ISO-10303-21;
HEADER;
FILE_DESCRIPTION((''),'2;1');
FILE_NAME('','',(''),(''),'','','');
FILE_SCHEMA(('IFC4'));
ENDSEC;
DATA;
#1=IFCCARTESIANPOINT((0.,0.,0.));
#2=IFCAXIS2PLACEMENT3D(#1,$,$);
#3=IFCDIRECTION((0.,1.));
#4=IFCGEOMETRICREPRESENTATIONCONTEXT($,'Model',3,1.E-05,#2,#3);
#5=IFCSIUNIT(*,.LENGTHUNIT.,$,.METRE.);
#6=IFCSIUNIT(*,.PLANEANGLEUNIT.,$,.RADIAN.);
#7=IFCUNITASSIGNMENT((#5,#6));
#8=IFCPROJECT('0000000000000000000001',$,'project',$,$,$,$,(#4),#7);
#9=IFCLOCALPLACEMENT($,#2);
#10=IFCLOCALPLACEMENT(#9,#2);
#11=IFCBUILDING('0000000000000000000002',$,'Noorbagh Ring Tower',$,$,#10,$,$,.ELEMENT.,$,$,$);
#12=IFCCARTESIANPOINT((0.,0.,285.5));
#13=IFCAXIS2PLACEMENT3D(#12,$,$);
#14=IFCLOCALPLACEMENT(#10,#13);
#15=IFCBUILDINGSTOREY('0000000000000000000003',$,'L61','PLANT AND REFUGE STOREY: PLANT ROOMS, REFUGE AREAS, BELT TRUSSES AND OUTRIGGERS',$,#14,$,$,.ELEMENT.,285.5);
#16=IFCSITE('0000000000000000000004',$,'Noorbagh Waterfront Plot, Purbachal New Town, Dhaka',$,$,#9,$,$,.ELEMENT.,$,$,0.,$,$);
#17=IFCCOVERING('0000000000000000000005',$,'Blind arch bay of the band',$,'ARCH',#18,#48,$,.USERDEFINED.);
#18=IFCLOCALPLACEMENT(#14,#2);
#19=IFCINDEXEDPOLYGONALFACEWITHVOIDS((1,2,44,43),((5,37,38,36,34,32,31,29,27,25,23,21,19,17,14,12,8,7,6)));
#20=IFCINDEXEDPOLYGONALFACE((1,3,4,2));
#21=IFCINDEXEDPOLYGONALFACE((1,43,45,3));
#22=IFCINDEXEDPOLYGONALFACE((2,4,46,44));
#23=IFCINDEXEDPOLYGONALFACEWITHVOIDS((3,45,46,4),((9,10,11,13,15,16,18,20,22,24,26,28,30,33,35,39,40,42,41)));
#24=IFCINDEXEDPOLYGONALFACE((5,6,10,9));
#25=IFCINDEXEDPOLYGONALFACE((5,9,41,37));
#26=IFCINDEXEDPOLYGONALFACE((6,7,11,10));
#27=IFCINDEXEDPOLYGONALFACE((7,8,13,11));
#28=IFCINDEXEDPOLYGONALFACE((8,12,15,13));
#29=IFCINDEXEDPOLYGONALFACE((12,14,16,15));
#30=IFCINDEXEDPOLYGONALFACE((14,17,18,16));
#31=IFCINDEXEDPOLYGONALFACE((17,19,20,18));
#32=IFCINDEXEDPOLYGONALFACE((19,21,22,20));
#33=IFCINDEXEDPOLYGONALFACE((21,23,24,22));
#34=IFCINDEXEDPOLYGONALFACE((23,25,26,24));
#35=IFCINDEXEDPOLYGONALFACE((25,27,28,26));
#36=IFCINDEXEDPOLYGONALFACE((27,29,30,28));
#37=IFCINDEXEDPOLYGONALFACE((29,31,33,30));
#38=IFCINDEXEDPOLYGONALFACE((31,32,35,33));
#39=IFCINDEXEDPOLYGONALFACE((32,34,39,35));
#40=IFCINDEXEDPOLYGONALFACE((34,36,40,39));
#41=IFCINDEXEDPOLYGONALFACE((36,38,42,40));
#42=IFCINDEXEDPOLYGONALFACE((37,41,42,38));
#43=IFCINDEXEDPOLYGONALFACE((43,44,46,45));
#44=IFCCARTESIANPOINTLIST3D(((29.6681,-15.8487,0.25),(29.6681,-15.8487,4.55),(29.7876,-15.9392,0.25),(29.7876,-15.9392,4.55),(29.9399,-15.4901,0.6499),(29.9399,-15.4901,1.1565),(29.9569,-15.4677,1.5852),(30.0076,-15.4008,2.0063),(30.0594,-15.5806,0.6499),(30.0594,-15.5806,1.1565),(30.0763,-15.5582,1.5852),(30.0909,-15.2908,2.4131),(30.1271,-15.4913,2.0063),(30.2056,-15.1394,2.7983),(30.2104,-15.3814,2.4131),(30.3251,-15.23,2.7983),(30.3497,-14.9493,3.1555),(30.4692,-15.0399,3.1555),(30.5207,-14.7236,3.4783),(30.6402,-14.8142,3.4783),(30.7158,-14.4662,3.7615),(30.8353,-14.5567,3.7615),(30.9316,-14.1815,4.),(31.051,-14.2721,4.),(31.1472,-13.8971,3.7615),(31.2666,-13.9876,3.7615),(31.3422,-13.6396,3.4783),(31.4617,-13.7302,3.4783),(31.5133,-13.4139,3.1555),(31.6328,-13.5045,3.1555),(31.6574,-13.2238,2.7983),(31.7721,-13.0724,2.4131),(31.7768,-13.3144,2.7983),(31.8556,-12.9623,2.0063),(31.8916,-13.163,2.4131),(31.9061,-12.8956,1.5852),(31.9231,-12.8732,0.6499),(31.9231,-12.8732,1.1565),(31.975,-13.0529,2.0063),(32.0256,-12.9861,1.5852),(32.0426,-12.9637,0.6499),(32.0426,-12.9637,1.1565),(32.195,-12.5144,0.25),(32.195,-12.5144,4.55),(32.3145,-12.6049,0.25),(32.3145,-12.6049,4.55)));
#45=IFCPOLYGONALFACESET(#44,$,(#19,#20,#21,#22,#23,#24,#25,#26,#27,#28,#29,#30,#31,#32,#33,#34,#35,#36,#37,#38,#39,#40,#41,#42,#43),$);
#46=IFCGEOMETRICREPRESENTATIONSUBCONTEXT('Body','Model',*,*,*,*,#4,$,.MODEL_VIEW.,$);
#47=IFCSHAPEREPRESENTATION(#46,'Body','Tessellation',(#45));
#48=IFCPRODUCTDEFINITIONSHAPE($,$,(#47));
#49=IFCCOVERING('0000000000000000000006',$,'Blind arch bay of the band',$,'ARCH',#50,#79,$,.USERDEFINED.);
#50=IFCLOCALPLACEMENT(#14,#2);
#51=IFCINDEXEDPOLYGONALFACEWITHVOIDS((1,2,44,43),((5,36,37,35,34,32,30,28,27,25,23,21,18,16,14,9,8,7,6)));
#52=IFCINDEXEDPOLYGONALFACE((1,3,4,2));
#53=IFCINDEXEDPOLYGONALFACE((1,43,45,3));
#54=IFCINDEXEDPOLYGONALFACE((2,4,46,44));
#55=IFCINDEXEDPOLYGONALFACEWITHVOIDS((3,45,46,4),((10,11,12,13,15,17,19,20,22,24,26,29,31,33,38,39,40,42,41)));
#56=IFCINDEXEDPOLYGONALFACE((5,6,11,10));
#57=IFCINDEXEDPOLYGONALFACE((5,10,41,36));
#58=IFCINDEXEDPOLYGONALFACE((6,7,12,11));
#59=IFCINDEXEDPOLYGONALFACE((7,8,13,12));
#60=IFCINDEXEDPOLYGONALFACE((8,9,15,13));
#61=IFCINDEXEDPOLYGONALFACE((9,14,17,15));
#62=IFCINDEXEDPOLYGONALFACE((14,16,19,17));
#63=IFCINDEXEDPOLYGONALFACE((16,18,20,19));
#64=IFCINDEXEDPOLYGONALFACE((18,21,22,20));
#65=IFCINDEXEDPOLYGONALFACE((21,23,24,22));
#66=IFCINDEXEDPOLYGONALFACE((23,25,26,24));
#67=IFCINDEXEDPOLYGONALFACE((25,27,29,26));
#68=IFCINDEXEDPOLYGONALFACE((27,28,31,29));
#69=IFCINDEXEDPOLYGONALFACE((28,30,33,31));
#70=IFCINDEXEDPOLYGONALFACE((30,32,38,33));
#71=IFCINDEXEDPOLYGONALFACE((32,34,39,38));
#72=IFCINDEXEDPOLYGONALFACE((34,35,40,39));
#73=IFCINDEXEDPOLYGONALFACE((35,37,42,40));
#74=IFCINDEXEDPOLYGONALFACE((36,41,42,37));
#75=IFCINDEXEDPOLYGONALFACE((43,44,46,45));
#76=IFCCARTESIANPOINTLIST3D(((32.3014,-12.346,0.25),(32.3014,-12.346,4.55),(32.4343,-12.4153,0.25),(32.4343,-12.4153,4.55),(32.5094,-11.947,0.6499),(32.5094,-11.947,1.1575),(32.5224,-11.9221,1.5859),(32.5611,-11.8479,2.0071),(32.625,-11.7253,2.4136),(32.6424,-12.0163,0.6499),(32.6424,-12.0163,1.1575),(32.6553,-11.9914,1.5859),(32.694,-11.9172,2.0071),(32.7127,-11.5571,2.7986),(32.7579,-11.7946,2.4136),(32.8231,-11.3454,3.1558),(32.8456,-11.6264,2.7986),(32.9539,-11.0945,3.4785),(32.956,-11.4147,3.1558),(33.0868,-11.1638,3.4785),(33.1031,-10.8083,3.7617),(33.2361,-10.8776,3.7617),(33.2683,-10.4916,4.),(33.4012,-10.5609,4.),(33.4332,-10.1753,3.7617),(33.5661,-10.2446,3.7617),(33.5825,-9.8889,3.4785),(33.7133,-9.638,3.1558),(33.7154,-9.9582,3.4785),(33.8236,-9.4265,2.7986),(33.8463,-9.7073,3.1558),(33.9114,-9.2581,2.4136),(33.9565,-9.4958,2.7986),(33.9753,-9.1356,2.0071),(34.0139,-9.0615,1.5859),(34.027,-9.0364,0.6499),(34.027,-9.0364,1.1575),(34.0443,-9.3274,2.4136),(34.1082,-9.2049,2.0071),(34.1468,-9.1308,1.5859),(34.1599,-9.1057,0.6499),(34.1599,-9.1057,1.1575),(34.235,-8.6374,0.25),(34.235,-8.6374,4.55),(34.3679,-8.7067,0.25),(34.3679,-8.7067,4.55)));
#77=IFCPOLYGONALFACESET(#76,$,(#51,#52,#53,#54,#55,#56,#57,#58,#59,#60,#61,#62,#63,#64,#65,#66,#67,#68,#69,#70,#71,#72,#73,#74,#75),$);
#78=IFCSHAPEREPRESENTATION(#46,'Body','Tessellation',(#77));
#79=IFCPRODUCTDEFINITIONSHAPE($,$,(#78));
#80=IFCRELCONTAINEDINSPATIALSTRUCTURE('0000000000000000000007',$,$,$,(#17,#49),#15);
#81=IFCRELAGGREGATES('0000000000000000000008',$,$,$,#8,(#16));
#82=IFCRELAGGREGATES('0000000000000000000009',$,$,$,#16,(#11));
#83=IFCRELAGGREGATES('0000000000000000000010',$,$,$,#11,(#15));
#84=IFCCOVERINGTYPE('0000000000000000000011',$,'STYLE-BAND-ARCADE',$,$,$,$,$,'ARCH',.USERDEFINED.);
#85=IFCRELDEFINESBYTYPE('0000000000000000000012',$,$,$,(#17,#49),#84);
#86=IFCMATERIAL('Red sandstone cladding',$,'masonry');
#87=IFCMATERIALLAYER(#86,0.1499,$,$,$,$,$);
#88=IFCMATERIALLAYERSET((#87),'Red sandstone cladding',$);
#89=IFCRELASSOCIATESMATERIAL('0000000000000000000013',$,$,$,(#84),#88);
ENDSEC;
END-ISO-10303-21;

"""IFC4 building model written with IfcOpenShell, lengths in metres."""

from ifc_helpers import new_model, si_unit, direction, frame, origin, place, context, subcontext, project, spatial, polyline, outline, extrude, material, layer, layer_set, type_object, element, save


model = new_model("IFC4")

# Units and contexts
model_context = context("Model", 3, precision=1e-05, world=origin(), true_north=direction((0.0, 1.0)))
body_context = subcontext(model_context, "Body", "Model", "MODEL_VIEW")
ifc_project = project(units=[si_unit("LENGTHUNIT", "METRE"), si_unit("PLANEANGLEUNIT", "RADIAN")], contexts=[model_context])

# Site, building, storey
site_placement = place(None, origin())
site = spatial("IfcSite", under=ifc_project, at=site_placement, Name="Noorbagh Waterfront Plot, Purbachal New Town, Dhaka", CompositionType="ELEMENT", RefElevation=0.0)
building_placement = place(site_placement, origin())
building = spatial("IfcBuilding", under=site, at=building_placement, Name="Noorbagh Ring Tower", CompositionType="ELEMENT")
storey_placement = place(building_placement, frame((0.0, 0.0, 285.5)))
storey = spatial("IfcBuildingStorey", under=building, at=storey_placement, Name="L61", Description="PLANT AND REFUGE STOREY: PLANT ROOMS, REFUGE AREAS, BELT TRUSSES AND OUTRIGGERS", CompositionType="ELEMENT", Elevation=285.5)

# Coverings
ifc_material_1 = material(Name="Red sandstone cladding", Category="masonry")
ifc_layer_1 = layer(ifc_material_1, 0.1499)
ifc_layer_set_1 = layer_set([ifc_layer_1], Name="Red sandstone cladding")
covering_type_1 = type_object("IfcCoveringType", Name="STYLE-BAND-ARCADE", ElementType="ARCH", PredefinedType="USERDEFINED", material=ifc_layer_set_1)
covering_1_placement = place(storey_placement, frame((29.7876, -15.9392, 0.25), z_axis=(0.796986, -0.603998, 0.0), x_axis=(0.603998, 0.796986, 0.0)))
element("IfcCovering", 1, at=covering_1_placement, inside=storey, type_object=covering_type_1, Name="Blind arch bay of the band", ObjectType="ARCH", PredefinedType="USERDEFINED", context=body_context, shape_type="SweptSolid", body=[
    extrude(outline(polyline([(0.0, 0.0), (4.1836, 0.0), (4.1836, 4.3), (0.0, 4.3), (0.0, 0.0)]), holes=[polyline([(0.45, 0.3999), (0.45, 0.9065), (0.478, 1.3352), (0.562, 1.7563), (0.7, 2.1631), (0.8899, 2.5483), (1.1284, 2.9055), (1.4116, 3.2283), (1.7346, 3.5115), (2.0918, 3.75), (2.4487, 3.5115), (2.7717, 3.2283), (3.0549, 2.9055), (3.2935, 2.5483), (3.4834, 2.1631), (3.6216, 1.7563), (3.7053, 1.3352), (3.7334, 0.9065), (3.7334, 0.3999), (0.45, 0.3999)])]), origin(), (0.0, 0.0, -1.0), 0.1499),
])
covering_2_placement = place(storey_placement, frame((32.4343, -12.4153, 0.25), z_axis=(0.88671, -0.462327, 0.0), x_axis=(0.462327, 0.88671, 0.0)))
element("IfcCovering", 2, at=covering_2_placement, inside=storey, type_object=covering_type_1, Name="Blind arch bay of the band", ObjectType="ARCH", PredefinedType="USERDEFINED", context=body_context, shape_type="SweptSolid", body=[
    extrude(outline(polyline([(0.0, 0.0), (4.1824, 0.0), (4.1824, 4.3), (0.0, 4.3), (0.0, 0.0)]), holes=[polyline([(0.45, 0.3999), (0.45, 0.9075), (0.478, 1.3359), (0.5618, 1.7571), (0.7, 2.1636), (0.8896, 2.5486), (1.1284, 2.9058), (1.4114, 3.2285), (1.7341, 3.5117), (2.0913, 3.75), (2.448, 3.5117), (2.771, 3.2285), (3.054, 2.9058), (3.2925, 2.5486), (3.4824, 2.1636), (3.6206, 1.7571), (3.7041, 1.3359), (3.7324, 0.9075), (3.7324, 0.3999), (0.45, 0.3999)])]), origin(), (0.0, 0.0, -1.0), 0.1499),
])

save(model, "model.ifc")
